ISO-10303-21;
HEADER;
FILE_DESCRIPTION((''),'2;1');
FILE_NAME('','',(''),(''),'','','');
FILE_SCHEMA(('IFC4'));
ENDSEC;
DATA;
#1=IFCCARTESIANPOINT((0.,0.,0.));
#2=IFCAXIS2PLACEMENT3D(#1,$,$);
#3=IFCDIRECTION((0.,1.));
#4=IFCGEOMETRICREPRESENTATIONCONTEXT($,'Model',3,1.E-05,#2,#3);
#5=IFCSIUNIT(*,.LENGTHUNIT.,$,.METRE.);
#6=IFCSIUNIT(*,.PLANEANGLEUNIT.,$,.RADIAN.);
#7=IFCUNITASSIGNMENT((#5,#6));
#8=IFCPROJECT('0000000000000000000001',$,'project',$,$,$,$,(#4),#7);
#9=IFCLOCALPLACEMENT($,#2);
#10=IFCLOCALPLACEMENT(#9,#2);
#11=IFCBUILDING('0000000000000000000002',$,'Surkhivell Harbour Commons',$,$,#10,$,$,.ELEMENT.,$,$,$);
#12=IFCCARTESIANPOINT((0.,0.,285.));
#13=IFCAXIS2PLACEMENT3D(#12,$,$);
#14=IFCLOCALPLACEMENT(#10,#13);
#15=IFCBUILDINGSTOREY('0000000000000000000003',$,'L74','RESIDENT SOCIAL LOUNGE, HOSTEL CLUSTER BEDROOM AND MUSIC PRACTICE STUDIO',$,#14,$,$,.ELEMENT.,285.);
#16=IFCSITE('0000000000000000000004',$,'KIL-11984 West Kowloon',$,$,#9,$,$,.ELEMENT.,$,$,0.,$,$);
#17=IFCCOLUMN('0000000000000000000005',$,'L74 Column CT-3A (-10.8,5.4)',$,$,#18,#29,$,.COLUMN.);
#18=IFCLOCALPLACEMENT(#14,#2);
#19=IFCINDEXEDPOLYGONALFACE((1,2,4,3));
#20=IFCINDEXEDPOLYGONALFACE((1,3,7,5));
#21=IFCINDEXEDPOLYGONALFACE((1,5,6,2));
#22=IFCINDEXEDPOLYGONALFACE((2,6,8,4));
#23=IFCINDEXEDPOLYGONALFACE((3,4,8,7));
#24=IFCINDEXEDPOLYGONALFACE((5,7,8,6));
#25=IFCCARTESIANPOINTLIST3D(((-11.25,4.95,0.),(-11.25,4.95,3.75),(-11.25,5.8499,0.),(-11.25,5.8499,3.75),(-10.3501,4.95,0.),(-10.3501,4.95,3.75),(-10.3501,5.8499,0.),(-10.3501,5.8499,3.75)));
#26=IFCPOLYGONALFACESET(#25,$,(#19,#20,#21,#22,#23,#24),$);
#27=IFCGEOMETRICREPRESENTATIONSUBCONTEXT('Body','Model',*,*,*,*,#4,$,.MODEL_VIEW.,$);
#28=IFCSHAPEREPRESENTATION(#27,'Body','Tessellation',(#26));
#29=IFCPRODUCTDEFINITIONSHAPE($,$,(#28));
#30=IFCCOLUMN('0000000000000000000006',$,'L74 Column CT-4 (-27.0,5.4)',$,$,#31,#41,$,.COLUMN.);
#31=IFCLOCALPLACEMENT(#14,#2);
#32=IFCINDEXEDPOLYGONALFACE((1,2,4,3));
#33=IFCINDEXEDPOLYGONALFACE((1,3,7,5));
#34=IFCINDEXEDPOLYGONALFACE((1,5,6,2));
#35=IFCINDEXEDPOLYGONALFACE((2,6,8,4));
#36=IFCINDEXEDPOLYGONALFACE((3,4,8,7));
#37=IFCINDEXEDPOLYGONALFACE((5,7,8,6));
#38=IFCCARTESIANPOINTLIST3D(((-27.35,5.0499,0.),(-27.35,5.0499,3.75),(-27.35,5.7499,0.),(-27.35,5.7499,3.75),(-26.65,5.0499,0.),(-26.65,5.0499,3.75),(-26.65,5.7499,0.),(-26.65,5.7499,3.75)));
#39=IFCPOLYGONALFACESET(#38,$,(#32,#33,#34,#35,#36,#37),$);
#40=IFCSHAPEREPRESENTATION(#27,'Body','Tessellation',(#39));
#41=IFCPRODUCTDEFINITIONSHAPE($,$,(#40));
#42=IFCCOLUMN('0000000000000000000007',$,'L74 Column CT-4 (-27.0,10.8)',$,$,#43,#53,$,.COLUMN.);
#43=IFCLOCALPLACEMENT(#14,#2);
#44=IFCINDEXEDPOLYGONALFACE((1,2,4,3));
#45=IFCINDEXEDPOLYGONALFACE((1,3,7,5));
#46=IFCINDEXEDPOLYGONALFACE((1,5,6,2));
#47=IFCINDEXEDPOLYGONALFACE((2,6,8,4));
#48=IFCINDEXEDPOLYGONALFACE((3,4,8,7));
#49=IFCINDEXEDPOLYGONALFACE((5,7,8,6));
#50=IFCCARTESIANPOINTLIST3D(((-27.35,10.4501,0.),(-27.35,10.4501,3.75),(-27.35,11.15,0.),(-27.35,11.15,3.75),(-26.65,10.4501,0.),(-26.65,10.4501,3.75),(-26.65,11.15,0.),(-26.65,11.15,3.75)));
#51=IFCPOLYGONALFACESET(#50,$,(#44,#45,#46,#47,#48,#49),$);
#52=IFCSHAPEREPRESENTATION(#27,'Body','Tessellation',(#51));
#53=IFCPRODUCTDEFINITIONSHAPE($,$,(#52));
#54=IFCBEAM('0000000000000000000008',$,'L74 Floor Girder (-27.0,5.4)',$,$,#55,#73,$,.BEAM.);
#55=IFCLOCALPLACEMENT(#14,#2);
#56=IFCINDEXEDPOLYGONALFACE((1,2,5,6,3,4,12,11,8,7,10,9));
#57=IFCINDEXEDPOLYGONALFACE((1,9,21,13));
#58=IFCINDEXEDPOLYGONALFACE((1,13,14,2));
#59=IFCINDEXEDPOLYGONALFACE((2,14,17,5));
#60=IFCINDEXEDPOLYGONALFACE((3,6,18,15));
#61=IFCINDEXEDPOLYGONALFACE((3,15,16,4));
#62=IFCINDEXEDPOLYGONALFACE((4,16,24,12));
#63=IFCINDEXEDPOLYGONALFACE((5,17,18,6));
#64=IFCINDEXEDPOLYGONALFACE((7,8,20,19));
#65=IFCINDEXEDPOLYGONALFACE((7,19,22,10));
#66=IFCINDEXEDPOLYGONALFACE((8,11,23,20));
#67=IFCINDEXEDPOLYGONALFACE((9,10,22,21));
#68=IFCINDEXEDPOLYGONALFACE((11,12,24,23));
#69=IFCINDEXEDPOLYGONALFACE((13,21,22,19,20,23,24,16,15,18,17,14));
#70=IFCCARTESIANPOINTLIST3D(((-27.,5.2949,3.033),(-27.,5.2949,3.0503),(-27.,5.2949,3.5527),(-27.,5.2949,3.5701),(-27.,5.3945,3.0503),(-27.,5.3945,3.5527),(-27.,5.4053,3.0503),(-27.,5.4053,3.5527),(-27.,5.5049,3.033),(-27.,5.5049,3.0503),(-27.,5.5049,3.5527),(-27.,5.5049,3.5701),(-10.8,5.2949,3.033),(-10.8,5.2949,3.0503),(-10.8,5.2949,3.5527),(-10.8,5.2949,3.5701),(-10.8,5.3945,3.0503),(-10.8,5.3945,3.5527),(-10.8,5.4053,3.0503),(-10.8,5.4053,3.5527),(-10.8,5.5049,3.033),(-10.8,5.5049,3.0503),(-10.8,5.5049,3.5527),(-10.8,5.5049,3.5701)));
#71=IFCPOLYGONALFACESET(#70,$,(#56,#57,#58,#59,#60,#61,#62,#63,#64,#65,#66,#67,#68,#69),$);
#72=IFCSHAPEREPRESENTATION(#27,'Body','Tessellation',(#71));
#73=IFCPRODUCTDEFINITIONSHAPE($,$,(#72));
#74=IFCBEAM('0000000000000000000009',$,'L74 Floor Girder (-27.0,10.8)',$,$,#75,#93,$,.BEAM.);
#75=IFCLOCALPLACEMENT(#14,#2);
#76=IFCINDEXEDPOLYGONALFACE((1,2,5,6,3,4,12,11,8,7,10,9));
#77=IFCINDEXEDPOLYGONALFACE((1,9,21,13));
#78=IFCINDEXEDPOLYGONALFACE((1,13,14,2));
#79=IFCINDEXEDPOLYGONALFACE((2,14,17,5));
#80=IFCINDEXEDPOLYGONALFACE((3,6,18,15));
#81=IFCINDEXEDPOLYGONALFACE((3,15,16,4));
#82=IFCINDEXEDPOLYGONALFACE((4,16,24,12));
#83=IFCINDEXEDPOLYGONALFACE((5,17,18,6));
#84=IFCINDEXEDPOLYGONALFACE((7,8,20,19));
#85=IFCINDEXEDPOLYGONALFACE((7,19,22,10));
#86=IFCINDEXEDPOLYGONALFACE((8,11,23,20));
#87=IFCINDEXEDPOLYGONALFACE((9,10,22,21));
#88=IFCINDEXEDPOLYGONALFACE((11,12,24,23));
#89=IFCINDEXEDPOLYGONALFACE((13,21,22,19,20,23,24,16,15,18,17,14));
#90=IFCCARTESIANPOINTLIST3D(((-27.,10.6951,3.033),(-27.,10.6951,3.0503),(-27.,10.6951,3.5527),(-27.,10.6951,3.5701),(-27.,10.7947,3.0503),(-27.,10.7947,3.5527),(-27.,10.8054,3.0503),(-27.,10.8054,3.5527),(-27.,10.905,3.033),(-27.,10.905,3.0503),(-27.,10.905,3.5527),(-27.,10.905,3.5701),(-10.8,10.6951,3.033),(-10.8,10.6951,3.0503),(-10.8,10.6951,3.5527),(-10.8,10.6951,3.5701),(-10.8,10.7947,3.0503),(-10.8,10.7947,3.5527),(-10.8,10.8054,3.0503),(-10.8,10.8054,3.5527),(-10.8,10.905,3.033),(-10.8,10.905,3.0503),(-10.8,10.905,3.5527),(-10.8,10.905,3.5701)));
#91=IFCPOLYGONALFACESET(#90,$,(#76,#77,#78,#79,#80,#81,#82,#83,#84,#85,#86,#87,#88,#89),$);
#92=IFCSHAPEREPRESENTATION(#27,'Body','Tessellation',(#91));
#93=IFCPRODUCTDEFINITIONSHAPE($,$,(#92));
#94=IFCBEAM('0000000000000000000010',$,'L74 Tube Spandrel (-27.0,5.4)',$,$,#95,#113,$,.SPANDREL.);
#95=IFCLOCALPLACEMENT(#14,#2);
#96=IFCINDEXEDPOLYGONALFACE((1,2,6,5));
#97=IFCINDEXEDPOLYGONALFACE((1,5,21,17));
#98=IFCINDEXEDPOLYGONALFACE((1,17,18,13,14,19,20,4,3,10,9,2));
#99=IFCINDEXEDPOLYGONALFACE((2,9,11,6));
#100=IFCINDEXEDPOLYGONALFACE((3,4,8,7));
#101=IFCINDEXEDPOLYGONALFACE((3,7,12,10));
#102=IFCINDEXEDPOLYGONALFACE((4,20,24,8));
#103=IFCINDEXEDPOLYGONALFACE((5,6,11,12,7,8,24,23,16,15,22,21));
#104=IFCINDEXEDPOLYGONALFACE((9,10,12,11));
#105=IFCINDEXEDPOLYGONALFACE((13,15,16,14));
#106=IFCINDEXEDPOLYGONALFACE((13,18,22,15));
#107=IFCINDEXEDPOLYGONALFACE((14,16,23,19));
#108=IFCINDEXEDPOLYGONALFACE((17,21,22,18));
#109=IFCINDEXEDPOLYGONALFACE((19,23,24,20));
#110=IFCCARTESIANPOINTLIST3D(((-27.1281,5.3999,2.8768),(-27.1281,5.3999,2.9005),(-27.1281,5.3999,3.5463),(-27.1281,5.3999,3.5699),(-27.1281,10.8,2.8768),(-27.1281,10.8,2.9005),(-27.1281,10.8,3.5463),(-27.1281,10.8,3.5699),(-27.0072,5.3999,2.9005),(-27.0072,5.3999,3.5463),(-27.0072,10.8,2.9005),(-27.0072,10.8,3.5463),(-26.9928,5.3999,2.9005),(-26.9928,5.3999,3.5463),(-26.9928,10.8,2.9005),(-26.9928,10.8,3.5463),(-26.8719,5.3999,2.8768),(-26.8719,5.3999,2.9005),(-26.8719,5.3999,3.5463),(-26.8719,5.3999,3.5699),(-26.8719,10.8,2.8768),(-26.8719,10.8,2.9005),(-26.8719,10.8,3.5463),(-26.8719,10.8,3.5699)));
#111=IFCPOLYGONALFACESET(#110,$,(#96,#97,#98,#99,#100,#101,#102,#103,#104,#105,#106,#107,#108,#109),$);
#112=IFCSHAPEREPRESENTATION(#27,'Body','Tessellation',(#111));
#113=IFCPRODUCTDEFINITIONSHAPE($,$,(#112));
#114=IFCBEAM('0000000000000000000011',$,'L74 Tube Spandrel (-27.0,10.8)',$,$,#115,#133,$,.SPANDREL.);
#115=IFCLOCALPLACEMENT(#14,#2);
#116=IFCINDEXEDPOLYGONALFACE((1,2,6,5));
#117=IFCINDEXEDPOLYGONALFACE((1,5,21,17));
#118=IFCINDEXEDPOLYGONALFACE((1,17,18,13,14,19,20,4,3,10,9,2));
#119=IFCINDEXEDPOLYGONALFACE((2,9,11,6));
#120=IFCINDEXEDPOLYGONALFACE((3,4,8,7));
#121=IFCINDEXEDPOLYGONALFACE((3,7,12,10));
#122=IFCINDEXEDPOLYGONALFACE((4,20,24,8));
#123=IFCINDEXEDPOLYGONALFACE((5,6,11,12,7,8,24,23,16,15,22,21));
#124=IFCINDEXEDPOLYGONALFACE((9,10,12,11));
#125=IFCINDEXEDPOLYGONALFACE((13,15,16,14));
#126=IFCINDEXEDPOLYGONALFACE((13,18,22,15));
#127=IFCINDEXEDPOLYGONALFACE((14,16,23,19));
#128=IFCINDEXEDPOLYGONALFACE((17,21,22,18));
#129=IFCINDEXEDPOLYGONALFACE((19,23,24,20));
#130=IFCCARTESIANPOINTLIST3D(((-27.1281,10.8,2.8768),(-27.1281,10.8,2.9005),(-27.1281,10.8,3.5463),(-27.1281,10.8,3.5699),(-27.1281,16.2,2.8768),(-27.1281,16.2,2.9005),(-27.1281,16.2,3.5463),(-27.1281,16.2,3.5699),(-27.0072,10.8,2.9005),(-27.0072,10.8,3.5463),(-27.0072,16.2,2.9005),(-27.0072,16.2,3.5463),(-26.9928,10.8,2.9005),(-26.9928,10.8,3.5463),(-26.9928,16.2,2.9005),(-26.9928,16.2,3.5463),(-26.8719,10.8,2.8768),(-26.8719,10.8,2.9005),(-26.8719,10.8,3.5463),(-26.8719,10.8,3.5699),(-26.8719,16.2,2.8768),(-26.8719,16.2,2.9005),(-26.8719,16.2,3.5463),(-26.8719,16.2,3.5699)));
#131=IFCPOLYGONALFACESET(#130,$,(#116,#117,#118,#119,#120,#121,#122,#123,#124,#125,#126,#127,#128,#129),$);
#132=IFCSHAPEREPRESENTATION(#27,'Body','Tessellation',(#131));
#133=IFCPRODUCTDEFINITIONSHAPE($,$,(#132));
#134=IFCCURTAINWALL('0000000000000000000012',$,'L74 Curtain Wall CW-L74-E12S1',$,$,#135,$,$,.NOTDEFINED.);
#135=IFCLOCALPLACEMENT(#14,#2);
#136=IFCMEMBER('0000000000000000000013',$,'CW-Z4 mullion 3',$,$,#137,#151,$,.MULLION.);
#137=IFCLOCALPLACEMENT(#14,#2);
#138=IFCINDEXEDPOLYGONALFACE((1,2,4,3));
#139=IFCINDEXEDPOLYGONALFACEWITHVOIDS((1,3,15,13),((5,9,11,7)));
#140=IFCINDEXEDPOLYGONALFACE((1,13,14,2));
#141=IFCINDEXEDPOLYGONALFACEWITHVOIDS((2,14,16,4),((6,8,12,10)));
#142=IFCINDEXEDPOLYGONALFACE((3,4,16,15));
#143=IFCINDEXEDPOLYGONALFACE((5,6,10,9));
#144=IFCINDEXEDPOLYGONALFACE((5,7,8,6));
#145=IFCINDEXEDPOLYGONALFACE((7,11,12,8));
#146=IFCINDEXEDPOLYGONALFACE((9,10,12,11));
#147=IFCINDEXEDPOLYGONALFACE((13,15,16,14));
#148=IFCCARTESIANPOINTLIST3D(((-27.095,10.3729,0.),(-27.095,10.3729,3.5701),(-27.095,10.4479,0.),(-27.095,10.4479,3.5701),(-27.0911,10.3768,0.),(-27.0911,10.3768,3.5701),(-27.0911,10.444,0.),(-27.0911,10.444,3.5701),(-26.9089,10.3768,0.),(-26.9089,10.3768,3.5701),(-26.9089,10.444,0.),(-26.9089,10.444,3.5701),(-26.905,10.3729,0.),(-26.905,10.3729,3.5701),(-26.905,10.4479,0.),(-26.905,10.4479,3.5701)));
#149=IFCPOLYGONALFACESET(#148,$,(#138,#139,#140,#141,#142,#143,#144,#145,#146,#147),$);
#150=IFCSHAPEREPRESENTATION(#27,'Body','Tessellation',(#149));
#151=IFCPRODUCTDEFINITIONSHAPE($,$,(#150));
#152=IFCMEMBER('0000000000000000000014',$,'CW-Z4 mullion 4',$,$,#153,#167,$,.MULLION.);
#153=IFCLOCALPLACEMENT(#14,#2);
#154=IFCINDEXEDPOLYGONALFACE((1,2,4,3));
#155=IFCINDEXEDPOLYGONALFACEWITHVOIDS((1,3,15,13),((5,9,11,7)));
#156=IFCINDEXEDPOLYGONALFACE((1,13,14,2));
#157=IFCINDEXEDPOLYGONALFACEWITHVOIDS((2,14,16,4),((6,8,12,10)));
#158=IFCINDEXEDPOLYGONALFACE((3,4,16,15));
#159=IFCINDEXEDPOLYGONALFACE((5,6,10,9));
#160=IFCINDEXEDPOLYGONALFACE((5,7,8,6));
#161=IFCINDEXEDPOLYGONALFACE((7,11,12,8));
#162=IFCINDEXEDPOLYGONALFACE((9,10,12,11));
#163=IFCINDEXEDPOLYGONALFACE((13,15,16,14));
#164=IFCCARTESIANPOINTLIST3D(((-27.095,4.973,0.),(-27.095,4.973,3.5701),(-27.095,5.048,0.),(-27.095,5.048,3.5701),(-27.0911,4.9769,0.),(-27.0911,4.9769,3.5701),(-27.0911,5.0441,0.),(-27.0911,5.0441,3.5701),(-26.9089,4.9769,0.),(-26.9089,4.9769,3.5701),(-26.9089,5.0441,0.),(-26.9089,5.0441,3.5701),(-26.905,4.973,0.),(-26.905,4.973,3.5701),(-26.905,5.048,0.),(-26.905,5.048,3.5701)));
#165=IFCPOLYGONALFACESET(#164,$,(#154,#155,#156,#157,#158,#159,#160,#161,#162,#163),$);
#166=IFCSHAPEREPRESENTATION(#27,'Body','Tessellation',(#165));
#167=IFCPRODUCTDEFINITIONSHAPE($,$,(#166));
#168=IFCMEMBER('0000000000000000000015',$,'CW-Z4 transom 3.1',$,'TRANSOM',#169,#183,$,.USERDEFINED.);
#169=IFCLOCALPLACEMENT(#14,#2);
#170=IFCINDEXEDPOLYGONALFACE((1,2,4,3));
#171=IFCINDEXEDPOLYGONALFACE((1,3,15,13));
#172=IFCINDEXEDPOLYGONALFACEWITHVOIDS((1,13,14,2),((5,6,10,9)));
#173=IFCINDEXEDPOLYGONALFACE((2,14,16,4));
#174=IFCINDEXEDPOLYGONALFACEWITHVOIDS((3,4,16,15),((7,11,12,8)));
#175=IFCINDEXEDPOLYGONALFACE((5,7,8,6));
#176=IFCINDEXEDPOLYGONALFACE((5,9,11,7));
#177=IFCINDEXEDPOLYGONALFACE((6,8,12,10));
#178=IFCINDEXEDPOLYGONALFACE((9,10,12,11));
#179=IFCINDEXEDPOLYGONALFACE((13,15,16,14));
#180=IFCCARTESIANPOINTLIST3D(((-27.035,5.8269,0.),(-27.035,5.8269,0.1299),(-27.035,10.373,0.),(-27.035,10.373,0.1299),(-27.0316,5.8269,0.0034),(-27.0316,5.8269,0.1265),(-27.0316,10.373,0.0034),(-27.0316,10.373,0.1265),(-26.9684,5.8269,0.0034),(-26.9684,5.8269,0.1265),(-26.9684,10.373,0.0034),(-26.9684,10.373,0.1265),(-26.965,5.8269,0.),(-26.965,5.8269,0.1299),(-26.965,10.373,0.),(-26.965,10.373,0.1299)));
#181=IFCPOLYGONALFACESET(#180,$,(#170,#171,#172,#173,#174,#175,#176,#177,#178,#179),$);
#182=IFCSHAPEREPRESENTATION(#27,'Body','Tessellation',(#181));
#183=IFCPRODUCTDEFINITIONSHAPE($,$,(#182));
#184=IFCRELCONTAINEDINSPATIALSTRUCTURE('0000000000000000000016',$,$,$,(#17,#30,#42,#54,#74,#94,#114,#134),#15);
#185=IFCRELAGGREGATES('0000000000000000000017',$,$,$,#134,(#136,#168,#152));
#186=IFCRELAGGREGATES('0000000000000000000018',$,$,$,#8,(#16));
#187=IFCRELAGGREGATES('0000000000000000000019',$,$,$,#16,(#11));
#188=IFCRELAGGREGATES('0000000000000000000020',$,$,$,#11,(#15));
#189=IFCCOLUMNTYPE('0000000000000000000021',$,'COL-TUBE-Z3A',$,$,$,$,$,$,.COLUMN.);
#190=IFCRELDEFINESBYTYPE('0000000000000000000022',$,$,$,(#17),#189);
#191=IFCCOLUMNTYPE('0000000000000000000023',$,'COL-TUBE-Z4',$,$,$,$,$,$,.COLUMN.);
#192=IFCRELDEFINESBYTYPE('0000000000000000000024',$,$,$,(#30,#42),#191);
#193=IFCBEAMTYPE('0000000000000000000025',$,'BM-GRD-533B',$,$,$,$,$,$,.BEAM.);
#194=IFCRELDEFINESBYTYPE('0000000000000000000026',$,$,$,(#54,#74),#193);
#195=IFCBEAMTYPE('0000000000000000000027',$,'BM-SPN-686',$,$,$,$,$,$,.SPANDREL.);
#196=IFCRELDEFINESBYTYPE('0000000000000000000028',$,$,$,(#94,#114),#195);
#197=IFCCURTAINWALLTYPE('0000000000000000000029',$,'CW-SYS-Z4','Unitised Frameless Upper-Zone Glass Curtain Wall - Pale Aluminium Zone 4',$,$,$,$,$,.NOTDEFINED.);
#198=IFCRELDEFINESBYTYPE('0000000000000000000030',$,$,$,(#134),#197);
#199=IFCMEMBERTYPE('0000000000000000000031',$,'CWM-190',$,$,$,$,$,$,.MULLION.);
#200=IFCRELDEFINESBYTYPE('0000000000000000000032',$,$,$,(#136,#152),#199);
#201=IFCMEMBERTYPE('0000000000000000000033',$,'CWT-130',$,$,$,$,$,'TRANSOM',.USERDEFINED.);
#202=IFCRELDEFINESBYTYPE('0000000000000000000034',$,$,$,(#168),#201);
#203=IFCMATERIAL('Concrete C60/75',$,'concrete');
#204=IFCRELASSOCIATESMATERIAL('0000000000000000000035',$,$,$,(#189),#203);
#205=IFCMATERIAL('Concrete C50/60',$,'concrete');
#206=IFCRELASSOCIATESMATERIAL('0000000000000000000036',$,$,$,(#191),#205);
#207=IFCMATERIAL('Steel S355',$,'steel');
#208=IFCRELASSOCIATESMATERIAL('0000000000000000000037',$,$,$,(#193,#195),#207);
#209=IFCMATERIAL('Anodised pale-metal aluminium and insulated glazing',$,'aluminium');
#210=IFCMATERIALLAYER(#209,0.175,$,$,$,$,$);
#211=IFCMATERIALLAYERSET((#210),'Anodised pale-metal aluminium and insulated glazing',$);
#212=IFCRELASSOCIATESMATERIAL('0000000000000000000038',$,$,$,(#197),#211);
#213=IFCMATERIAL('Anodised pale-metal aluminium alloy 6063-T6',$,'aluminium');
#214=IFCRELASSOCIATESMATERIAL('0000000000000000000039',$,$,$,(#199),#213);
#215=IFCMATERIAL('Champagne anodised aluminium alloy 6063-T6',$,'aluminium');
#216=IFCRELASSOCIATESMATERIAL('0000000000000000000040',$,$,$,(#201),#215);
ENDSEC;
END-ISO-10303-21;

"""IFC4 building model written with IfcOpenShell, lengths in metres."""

from ifc_helpers import new_model, si_unit, direction, frame, origin, origin_2d, place, context, subcontext, project, spatial, rectangle, hollow_rectangle, i_section, extrude, material, layer, layer_set, material_profile, profile_set, type_object, element, aggregate, save


model = new_model("IFC4")

# Units and contexts
model_context = context("Model", 3, precision=1e-05, world=origin(), true_north=direction((0.0, 1.0)))
body_context = subcontext(model_context, "Body", "Model", "MODEL_VIEW")
ifc_project = project(units=[si_unit("LENGTHUNIT", "METRE"), si_unit("PLANEANGLEUNIT", "RADIAN")], contexts=[model_context])

# Site, building, storey
site_placement = place(None, origin())
site = spatial("IfcSite", under=ifc_project, at=site_placement, Name="KIL-11984 West Kowloon", CompositionType="ELEMENT", RefElevation=0.0)
building_placement = place(site_placement, origin())
building = spatial("IfcBuilding", under=site, at=building_placement, Name="Surkhivell Harbour Commons", CompositionType="ELEMENT")
storey_placement = place(building_placement, frame((0.0, 0.0, 285.0)))
storey = spatial("IfcBuildingStorey", under=building, at=storey_placement, Name="L74", Description="RESIDENT SOCIAL LOUNGE, HOSTEL CLUSTER BEDROOM AND MUSIC PRACTICE STUDIO", CompositionType="ELEMENT", Elevation=285.0)

# Columns
ifc_material_1 = material(Name="Concrete C60/75", Category="concrete")
ifc_material_profile_1 = material_profile(ifc_material_1, rectangle(XDim=0.8999, YDim=0.8999, at=origin_2d()), Name="RC-COL-900x900")
ifc_profile_set_1 = profile_set([ifc_material_profile_1], Name="Concrete C60/75")
column_type_1 = type_object("IfcColumnType", Name="COL-TUBE-Z3A", PredefinedType="COLUMN", material=ifc_profile_set_1)
column_placement = place(storey_placement, frame((-10.8, 5.3999, 0.0), z_axis=(0.0, 0.0, 1.0), x_axis=(1.0, 0.0, 0.0)))
element("IfcColumn", 1, at=column_placement, inside=storey, type_object=column_type_1, Name="L74 Column CT-3A (-10.8,5.4)", PredefinedType="COLUMN", context=body_context, shape_type="SweptSolid", body=[
    extrude(rectangle(XDim=0.8999, YDim=0.8999, at=origin_2d()), origin(), (0.0, 0.0, 1.0), 3.75),
])
ifc_material_2 = material(Name="Concrete C50/60", Category="concrete")
ifc_material_profile_2 = material_profile(ifc_material_2, rectangle(XDim=0.7, YDim=0.7, at=origin_2d()), Name="RC-COL-700x700")
ifc_profile_set_2 = profile_set([ifc_material_profile_2], Name="Concrete C50/60")
column_type_2 = type_object("IfcColumnType", Name="COL-TUBE-Z4", PredefinedType="COLUMN", material=ifc_profile_set_2)
for number, where, z_axis, x_axis, name in (
    (2, (-27.0, 5.3999, 0.0), (0.0, 0.0, 1.0), (1.0, 0.0, 0.0), "L74 Column CT-4 (-27.0,5.4)"),
    (3, (-27.0, 10.8, 0.0), (0.0, 0.0, 1.0), (1.0, 0.0, 0.0), "L74 Column CT-4 (-27.0,10.8)"),
):
    element("IfcColumn", number, at=place(storey_placement, frame(where, z_axis=z_axis, x_axis=x_axis)), inside=storey, type_object=column_type_2, Name=name, PredefinedType="COLUMN", context=body_context, shape_type="SweptSolid", body=[
        extrude(rectangle(XDim=0.7, YDim=0.7, at=origin_2d()), origin(), (0.0, 0.0, 1.0), 3.75),
    ])

# Beams
ifc_material_3 = material(Name="Steel S355", Category="steel")
ifc_material_profile_3 = material_profile(ifc_material_3, i_section(OverallWidth=0.21, OverallDepth=0.5371, WebThickness=0.0107, FlangeThickness=0.0173, at=origin_2d()), Name="UB533x210x101")
ifc_profile_set_3 = profile_set([ifc_material_profile_3], Name="Steel S355")
beam_type_1 = type_object("IfcBeamType", Name="BM-GRD-533B", PredefinedType="BEAM", material=ifc_profile_set_3)
for number, where, z_axis, x_axis, name in (
    (4, (-27.0, 5.3999, 3.3015), (1.0, 0.0, 0.0), (0.0, 1.0, 0.0), "L74 Floor Girder (-27.0,5.4)"),
    (5, (-27.0, 10.8, 3.3015), (1.0, 0.0, 0.0), (0.0, 1.0, 0.0), "L74 Floor Girder (-27.0,10.8)"),
):
    element("IfcBeam", number, at=place(storey_placement, frame(where, z_axis=z_axis, x_axis=x_axis)), inside=storey, type_object=beam_type_1, Name=name, PredefinedType="BEAM", context=body_context, shape_type="SweptSolid", body=[
        extrude(i_section(OverallWidth=0.21, OverallDepth=0.5371, WebThickness=0.0107, FlangeThickness=0.0173, at=origin_2d()), origin(), (0.0, 0.0, 1.0), 16.2),
    ])
ifc_material_profile_4 = material_profile(ifc_material_3, i_section(OverallWidth=0.2561, OverallDepth=0.6931, WebThickness=0.0144, FlangeThickness=0.0237, at=origin_2d()), Name="UB686x254x170")
ifc_profile_set_4 = profile_set([ifc_material_profile_4], Name="Steel S355")
beam_type_2 = type_object("IfcBeamType", Name="BM-SPN-686", PredefinedType="SPANDREL", material=ifc_profile_set_4)
beam_1_placement = place(storey_placement, frame((-27.0, 5.3999, 3.2234), z_axis=(0.0, 1.0, 0.0), x_axis=(-1.0, 0.0, 0.0)))
element("IfcBeam", 6, at=beam_1_placement, inside=storey, type_object=beam_type_2, Name="L74 Tube Spandrel (-27.0,5.4)", PredefinedType="SPANDREL", context=body_context, shape_type="SweptSolid", body=[
    extrude(i_section(OverallWidth=0.2561, OverallDepth=0.6931, WebThickness=0.0144, FlangeThickness=0.0237, at=origin_2d()), origin(), (0.0, 0.0, 1.0), 5.4001),
])
beam_2_placement = place(storey_placement, frame((-27.0, 10.8, 3.2234), z_axis=(0.0, 1.0, 0.0), x_axis=(-1.0, 0.0, 0.0)))
element("IfcBeam", 7, at=beam_2_placement, inside=storey, type_object=beam_type_2, Name="L74 Tube Spandrel (-27.0,10.8)", PredefinedType="SPANDREL", context=body_context, shape_type="SweptSolid", body=[
    extrude(i_section(OverallWidth=0.2561, OverallDepth=0.6931, WebThickness=0.0144, FlangeThickness=0.0237, at=origin_2d()), origin(), (0.0, 0.0, 1.0), 5.3999),
])

# Curtain wall, members
ifc_material_4 = material(Name="Anodised pale-metal aluminium and insulated glazing", Category="aluminium")
ifc_layer_1 = layer(ifc_material_4, 0.175)
ifc_layer_set_1 = layer_set([ifc_layer_1], Name="Anodised pale-metal aluminium and insulated glazing")
curtain_wall_type = type_object("IfcCurtainWallType", Name="CW-SYS-Z4", Description="Unitised Frameless Upper-Zone Glass Curtain Wall - Pale Aluminium Zone 4", PredefinedType="NOTDEFINED", material=ifc_layer_set_1)
curtain_wall_placement = place(storey_placement, origin())
curtain_wall = element("IfcCurtainWall", 8, at=curtain_wall_placement, inside=storey, type_object=curtain_wall_type, Name="L74 Curtain Wall CW-L74-E12S1", PredefinedType="NOTDEFINED")
ifc_material_5 = material(Name="Anodised pale-metal aluminium alloy 6063-T6", Category="aluminium")
ifc_material_profile_5 = material_profile(ifc_material_5, hollow_rectangle(XDim=0.075, YDim=0.1899, WallThickness=0.0039, at=origin_2d()), Name="ALU-MULL-75x190")
ifc_profile_set_5 = profile_set([ifc_material_profile_5], Name="Anodised pale-metal aluminium alloy 6063-T6")
member_type_1 = type_object("IfcMemberType", Name="CWM-190", PredefinedType="MULLION", material=ifc_profile_set_5)
member_1_placement = place(storey_placement, frame((-27.0, 10.4104, 0.0), z_axis=(0.0, 0.0, 1.0), x_axis=(0.0, -1.0, 0.0)))
member_1 = element("IfcMember", 9, at=member_1_placement, type_object=member_type_1, Name="CW-Z4 mullion 3", PredefinedType="MULLION", context=body_context, shape_type="SweptSolid", body=[
    extrude(hollow_rectangle(XDim=0.075, YDim=0.1899, WallThickness=0.0039, at=origin_2d()), origin(), (0.0, 0.0, 1.0), 3.5701),
])
member_2_placement = place(storey_placement, frame((-27.0, 5.0105, 0.0), z_axis=(0.0, 0.0, 1.0), x_axis=(0.0, -1.0, 0.0)))
member_2 = element("IfcMember", 10, at=member_2_placement, type_object=member_type_1, Name="CW-Z4 mullion 4", PredefinedType="MULLION", context=body_context, shape_type="SweptSolid", body=[
    extrude(hollow_rectangle(XDim=0.075, YDim=0.1899, WallThickness=0.0039, at=origin_2d()), origin(), (0.0, 0.0, 1.0), 3.5701),
])
ifc_material_6 = material(Name="Champagne anodised aluminium alloy 6063-T6", Category="aluminium")
ifc_material_profile_6 = material_profile(ifc_material_6, hollow_rectangle(XDim=0.0701, YDim=0.1299, WallThickness=0.0034, at=origin_2d()), Name="ALU-TRAN-70x130")
ifc_profile_set_6 = profile_set([ifc_material_profile_6], Name="Champagne anodised aluminium alloy 6063-T6")
member_type_2 = type_object("IfcMemberType", Name="CWT-130", ElementType="TRANSOM", PredefinedType="USERDEFINED", material=ifc_profile_set_6)
member_3_placement = place(storey_placement, frame((-27.0, 10.373, 0.0649), z_axis=(0.0, -1.0, 0.0), x_axis=(1.0, 0.0, 0.0)))
member_3 = element("IfcMember", 11, at=member_3_placement, type_object=member_type_2, Name="CW-Z4 transom 3.1", ObjectType="TRANSOM", PredefinedType="USERDEFINED", context=body_context, shape_type="SweptSolid", body=[
    extrude(hollow_rectangle(XDim=0.0701, YDim=0.1299, WallThickness=0.0034, at=origin_2d()), origin(), (0.0, 0.0, 1.0), 4.5461),
])
aggregate(curtain_wall, [member_1, member_3, member_2])

save(model, "model.ifc")
